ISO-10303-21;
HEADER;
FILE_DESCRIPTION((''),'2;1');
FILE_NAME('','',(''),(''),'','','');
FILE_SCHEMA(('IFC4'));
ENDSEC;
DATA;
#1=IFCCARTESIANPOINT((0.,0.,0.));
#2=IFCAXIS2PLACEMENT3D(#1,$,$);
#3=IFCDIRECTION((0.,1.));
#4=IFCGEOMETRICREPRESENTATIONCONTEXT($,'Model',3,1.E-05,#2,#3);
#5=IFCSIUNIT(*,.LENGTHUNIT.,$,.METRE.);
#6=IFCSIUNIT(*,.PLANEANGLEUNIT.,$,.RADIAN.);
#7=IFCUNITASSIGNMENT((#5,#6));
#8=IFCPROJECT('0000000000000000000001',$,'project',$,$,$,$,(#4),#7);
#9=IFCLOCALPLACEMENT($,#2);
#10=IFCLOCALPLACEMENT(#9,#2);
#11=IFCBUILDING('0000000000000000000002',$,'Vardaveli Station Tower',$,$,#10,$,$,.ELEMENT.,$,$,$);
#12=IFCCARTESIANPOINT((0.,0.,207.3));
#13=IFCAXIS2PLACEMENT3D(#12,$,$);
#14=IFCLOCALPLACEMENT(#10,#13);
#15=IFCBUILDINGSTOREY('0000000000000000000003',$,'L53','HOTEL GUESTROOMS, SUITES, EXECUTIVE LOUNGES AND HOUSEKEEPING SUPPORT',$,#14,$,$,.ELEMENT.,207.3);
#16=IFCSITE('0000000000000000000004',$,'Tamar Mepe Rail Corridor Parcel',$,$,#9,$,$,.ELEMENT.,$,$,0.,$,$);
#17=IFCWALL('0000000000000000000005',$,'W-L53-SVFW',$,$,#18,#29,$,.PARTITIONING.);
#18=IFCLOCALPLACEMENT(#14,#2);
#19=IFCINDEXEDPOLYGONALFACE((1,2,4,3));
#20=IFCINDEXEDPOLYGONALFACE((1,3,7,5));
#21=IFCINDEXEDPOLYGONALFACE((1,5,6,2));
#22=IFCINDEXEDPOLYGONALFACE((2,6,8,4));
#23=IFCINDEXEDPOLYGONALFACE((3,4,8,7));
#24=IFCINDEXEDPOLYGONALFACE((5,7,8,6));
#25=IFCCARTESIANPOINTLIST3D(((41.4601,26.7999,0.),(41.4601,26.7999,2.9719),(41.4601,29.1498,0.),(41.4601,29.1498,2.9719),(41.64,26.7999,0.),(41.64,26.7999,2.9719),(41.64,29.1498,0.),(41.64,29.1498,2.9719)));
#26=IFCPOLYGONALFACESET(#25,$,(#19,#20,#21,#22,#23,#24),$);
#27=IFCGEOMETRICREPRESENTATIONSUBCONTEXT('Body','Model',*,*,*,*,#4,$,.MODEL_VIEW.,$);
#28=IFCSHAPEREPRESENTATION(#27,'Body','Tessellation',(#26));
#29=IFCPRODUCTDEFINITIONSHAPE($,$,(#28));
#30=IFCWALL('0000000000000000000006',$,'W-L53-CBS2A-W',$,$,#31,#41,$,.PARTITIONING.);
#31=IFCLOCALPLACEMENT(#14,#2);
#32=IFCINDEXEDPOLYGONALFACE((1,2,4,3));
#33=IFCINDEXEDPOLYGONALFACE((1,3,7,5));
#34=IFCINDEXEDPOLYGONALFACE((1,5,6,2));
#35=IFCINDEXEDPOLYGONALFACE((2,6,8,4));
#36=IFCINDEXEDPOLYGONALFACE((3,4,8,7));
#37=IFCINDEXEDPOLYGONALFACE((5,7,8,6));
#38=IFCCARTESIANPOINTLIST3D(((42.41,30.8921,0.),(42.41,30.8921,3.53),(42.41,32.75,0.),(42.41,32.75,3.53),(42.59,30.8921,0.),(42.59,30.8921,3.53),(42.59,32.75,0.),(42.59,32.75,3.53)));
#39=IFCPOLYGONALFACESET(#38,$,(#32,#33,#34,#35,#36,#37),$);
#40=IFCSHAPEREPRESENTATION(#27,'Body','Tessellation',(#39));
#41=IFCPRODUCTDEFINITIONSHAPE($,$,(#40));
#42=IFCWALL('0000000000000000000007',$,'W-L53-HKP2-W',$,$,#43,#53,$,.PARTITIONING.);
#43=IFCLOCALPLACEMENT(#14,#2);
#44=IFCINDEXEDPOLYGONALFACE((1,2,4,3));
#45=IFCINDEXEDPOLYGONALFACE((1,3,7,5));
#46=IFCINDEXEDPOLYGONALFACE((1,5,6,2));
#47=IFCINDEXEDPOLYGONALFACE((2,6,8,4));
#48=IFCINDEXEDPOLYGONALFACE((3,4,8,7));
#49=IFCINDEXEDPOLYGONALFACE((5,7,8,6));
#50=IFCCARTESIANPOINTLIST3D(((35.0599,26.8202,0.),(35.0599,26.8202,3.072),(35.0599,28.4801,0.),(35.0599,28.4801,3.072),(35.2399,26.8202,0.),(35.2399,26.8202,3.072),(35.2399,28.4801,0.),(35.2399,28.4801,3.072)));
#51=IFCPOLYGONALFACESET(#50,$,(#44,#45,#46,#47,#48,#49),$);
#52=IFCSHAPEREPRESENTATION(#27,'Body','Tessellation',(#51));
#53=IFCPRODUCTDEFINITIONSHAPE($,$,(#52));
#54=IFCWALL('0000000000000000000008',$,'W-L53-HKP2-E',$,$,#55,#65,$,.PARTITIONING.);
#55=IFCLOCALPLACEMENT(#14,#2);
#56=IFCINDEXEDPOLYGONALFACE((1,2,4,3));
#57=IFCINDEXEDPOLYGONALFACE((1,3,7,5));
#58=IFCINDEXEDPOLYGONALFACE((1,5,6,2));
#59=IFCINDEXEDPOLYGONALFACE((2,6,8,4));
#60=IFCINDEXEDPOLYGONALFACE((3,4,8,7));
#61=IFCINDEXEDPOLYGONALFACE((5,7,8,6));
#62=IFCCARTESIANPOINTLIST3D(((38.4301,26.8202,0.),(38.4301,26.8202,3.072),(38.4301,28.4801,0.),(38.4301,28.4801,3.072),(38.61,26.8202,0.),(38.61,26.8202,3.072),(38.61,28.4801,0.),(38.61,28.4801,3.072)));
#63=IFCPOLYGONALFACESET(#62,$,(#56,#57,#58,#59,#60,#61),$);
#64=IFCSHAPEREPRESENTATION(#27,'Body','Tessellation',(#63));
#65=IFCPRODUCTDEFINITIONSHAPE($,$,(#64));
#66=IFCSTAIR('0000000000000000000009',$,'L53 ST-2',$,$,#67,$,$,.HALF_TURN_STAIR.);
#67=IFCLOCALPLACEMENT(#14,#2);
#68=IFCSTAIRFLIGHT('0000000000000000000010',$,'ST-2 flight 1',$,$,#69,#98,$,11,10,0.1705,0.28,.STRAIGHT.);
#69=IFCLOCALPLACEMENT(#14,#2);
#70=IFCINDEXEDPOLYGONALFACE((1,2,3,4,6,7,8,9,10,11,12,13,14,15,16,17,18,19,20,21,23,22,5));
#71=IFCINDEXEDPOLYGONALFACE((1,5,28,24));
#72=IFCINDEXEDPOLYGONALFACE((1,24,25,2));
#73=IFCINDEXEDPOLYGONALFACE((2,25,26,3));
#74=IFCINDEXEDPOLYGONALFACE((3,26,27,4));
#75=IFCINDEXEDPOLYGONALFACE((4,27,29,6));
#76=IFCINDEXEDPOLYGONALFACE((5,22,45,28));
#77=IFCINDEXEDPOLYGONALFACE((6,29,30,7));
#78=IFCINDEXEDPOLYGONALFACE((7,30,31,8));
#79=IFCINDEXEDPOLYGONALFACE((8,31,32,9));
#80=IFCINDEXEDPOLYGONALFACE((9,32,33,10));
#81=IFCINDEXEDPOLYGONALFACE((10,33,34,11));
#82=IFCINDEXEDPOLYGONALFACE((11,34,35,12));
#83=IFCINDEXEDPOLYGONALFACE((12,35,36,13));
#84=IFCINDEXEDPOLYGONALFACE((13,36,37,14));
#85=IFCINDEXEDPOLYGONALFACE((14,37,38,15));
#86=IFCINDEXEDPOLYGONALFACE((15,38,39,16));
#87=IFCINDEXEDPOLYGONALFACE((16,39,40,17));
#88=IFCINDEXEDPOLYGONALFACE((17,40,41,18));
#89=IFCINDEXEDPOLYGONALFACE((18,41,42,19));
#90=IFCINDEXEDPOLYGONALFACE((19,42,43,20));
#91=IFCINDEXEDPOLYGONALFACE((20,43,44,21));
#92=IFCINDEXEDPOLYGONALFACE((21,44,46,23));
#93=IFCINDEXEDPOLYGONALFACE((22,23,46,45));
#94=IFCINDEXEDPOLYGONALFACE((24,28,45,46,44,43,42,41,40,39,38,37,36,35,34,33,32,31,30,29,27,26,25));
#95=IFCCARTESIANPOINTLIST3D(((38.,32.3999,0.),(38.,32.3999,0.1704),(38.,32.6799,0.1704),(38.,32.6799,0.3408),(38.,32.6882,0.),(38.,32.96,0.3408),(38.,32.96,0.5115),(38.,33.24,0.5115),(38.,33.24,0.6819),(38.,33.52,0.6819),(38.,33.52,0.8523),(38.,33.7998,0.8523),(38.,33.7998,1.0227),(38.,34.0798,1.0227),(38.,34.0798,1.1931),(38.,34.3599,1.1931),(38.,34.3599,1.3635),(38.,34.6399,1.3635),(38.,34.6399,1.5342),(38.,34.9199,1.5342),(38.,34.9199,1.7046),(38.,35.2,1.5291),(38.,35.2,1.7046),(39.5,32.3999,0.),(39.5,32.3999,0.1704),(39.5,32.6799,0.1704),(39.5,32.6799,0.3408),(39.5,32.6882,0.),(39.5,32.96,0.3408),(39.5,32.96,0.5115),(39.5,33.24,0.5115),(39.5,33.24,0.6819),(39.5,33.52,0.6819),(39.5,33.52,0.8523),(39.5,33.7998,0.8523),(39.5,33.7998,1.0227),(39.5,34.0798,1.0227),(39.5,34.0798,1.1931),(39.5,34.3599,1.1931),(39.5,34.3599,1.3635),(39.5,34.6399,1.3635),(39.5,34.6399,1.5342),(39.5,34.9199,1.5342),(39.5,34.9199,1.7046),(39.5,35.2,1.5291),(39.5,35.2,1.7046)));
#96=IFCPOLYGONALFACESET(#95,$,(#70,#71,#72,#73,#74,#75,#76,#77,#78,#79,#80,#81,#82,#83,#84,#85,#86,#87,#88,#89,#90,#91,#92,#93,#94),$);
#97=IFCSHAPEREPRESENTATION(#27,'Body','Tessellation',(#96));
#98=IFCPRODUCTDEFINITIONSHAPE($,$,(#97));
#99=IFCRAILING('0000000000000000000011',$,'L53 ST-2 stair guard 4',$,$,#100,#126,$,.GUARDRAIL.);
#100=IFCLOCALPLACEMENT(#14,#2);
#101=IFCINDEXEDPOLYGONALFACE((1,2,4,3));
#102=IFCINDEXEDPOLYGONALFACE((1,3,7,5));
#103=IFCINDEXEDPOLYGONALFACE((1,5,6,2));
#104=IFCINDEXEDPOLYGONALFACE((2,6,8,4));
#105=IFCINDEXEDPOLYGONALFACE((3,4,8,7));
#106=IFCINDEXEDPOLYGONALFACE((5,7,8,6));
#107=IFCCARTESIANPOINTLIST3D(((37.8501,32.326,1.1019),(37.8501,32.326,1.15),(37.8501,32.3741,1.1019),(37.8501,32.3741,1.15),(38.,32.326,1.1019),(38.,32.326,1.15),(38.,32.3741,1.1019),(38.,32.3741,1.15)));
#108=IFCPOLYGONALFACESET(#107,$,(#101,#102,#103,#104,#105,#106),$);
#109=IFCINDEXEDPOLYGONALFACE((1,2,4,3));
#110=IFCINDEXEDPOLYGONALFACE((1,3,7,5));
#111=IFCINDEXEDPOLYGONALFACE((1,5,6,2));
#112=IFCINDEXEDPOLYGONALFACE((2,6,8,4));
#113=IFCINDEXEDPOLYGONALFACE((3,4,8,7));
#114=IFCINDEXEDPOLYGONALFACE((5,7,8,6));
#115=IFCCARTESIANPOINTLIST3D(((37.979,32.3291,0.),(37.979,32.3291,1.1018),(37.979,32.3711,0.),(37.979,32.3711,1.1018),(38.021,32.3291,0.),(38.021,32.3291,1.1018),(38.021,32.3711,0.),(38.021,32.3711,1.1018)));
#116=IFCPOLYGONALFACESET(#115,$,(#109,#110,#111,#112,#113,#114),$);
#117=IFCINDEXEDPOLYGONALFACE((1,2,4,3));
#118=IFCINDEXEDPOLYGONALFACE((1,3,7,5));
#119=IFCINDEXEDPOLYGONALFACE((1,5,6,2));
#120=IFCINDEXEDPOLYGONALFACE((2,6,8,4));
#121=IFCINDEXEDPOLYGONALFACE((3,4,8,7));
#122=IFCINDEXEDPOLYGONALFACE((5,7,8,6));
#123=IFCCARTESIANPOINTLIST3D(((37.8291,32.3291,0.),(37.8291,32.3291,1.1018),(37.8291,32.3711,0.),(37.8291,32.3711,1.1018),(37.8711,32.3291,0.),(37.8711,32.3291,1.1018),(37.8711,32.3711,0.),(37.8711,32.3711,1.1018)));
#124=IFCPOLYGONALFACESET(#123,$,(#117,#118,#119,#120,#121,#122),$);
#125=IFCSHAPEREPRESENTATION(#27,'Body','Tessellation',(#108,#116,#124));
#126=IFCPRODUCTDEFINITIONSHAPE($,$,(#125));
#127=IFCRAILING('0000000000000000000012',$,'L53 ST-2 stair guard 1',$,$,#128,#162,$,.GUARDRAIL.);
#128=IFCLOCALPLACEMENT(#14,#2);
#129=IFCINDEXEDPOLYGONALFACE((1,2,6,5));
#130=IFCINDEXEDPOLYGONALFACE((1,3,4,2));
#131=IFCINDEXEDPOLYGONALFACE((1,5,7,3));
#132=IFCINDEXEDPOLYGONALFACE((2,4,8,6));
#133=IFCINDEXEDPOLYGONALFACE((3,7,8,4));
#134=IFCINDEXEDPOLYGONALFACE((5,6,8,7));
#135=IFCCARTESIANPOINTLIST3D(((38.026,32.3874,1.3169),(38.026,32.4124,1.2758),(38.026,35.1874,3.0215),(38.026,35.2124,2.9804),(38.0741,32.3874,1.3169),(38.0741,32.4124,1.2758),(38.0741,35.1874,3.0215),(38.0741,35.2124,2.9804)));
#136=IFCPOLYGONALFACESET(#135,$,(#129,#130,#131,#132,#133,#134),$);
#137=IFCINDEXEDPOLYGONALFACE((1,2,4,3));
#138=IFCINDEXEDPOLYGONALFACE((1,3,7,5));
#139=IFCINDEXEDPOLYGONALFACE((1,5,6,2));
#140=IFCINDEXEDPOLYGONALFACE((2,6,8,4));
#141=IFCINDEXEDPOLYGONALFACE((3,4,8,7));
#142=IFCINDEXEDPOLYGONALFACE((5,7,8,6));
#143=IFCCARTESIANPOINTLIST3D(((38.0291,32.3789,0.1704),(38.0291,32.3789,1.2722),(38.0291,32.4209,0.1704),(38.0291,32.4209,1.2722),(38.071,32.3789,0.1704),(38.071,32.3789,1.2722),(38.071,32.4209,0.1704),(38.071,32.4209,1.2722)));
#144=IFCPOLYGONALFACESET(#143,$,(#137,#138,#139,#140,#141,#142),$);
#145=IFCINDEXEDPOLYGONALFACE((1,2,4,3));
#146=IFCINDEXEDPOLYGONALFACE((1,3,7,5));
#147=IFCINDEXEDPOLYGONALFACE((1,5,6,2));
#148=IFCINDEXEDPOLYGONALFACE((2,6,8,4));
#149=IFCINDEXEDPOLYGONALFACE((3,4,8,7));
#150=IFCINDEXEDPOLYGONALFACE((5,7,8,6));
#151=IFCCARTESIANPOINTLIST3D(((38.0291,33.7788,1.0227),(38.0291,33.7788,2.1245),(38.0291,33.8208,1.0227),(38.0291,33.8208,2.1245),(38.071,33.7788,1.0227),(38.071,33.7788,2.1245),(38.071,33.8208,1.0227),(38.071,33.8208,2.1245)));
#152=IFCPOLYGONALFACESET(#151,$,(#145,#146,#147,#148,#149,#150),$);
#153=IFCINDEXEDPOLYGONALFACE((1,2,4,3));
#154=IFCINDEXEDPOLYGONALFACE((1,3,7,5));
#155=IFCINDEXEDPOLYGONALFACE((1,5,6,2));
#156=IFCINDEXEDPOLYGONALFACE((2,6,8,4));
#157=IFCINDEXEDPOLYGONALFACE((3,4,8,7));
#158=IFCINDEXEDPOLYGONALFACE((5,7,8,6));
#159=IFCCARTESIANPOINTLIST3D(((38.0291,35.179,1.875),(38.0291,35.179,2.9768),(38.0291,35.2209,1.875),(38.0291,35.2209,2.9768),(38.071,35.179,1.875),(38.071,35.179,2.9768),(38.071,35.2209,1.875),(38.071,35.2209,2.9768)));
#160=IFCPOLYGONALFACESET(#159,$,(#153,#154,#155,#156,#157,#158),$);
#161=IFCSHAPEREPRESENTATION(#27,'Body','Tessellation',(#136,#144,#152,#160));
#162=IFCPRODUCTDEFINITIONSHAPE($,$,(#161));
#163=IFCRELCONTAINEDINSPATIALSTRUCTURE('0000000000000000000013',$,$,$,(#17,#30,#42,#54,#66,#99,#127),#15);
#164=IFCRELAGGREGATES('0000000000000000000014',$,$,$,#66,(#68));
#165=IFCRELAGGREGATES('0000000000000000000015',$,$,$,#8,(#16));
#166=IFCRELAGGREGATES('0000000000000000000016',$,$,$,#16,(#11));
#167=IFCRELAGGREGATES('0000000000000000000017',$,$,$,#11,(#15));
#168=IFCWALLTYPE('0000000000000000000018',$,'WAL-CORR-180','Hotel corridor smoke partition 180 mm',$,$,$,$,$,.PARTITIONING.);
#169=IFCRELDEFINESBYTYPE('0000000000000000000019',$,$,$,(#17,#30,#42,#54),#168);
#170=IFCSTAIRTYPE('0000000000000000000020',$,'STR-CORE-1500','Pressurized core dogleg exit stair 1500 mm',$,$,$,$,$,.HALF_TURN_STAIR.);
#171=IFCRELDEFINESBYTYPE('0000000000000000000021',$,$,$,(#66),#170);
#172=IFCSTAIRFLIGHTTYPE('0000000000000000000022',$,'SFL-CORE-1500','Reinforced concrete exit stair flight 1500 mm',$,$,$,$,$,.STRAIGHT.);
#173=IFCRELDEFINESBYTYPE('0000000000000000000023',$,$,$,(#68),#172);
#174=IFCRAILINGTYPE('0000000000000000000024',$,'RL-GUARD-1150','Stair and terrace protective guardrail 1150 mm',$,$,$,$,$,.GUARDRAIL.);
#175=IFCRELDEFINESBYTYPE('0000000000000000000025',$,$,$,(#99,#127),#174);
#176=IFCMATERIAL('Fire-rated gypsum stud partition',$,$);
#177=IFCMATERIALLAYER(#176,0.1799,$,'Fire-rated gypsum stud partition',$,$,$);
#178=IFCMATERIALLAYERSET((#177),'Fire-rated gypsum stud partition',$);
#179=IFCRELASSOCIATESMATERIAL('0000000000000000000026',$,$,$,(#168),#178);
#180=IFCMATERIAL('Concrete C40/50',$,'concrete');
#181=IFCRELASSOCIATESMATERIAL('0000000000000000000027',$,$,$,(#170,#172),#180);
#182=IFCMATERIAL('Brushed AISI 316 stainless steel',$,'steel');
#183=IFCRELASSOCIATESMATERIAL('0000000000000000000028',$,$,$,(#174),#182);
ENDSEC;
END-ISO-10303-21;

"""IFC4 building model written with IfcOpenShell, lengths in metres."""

from ifc_helpers import new_model, si_unit, direction, frame, frame_2d, origin, origin_2d, place, context, subcontext, project, spatial, polyline, rectangle, outline, extrude, source, transform, mapped, material, layer, layer_set, type_object, element, aggregate, save


model = new_model("IFC4")

# Units and contexts
model_context = context("Model", 3, precision=1e-05, world=origin(), true_north=direction((0.0, 1.0)))
body_context = subcontext(model_context, "Body", "Model", "MODEL_VIEW")
ifc_project = project(units=[si_unit("LENGTHUNIT", "METRE"), si_unit("PLANEANGLEUNIT", "RADIAN")], contexts=[model_context])

# Site, building, storey
site_placement = place(None, origin())
site = spatial("IfcSite", under=ifc_project, at=site_placement, Name="Tamar Mepe Rail Corridor Parcel", CompositionType="ELEMENT", RefElevation=0.0)
building_placement = place(site_placement, origin())
building = spatial("IfcBuilding", under=site, at=building_placement, Name="Vardaveli Station Tower", CompositionType="ELEMENT")
storey_placement = place(building_placement, frame((0.0, 0.0, 207.3)))
storey = spatial("IfcBuildingStorey", under=building, at=storey_placement, Name="L53", Description="HOTEL GUESTROOMS, SUITES, EXECUTIVE LOUNGES AND HOUSEKEEPING SUPPORT", CompositionType="ELEMENT", Elevation=207.3)

# Shared definitions
ifc_material_1 = material(Name="Concrete C40/50", Category="concrete")

# Shared definitions
ifc_material_2 = material(Name="Fire-rated gypsum stud partition")
ifc_layer_1 = layer(ifc_material_2, 0.1799, Name="Fire-rated gypsum stud partition")
ifc_layer_set_1 = layer_set([ifc_layer_1], Name="Fire-rated gypsum stud partition")
wall_type_1 = type_object("IfcWallType", Name="WAL-CORR-180", Description="Hotel corridor smoke partition 180 mm", PredefinedType="PARTITIONING", material=ifc_layer_set_1)

# Walls
shared_shape_1 = source(origin(), body_context, "Body", "SweptSolid", [
    extrude(rectangle(XDim=2.3499, YDim=0.1799, at=frame_2d((1.1748, 0.0))), origin(), (0.0, 0.0, 1.0), 2.9719),
])
wall_1_placement = place(storey_placement, frame((41.55, 26.8, 0.0), z_axis=(0.0, 0.0, 1.0), x_axis=(0.0, 1.0, 0.0)))
element("IfcWall", 1, at=wall_1_placement, inside=storey, type_object=wall_type_1, Name="W-L53-SVFW", PredefinedType="PARTITIONING", context=body_context, shape_type="MappedRepresentation", body=[
    mapped(shared_shape_1, transform((0.0, 0.0, 0.0), scale=1.0)),
])
shared_shape_2 = source(origin(), body_context, "Body", "SweptSolid", [
    extrude(rectangle(XDim=1.8579, YDim=0.1799, at=frame_2d((0.929, 0.0))), origin(), (0.0, 0.0, 1.0), 3.53),
])
wall_2_placement = place(storey_placement, frame((42.5, 30.8921, 0.0), z_axis=(0.0, 0.0, 1.0), x_axis=(0.0, 1.0, 0.0)))
element("IfcWall", 2, at=wall_2_placement, inside=storey, type_object=wall_type_1, Name="W-L53-CBS2A-W", PredefinedType="PARTITIONING", context=body_context, shape_type="MappedRepresentation", body=[
    mapped(shared_shape_2, transform((0.0, 0.0, 0.0), scale=1.0)),
])
shared_shape_3 = source(origin(), body_context, "Body", "SweptSolid", [
    extrude(rectangle(XDim=1.6599, YDim=0.1799, at=frame_2d((0.8301, 0.0))), origin(), (0.0, 0.0, 1.0), 3.072),
])
for number, where, z_axis, x_axis, name in (
    (3, (35.1499, 26.8201, 0.0), (0.0, 0.0, 1.0), (0.0, 1.0, 0.0), "W-L53-HKP2-W"),
    (4, (38.52, 26.8201, 0.0), (0.0, 0.0, 1.0), (0.0, 1.0, 0.0), "W-L53-HKP2-E"),
):
    element("IfcWall", number, at=place(storey_placement, frame(where, z_axis=z_axis, x_axis=x_axis)), inside=storey, type_object=wall_type_1, Name=name, PredefinedType="PARTITIONING", context=body_context, shape_type="MappedRepresentation", body=[
        mapped(shared_shape_3, transform((0.0, 0.0, 0.0), scale=1.0)),
    ])

# Stair, stair flight
stair_type = type_object("IfcStairType", Name="STR-CORE-1500", Description="Pressurized core dogleg exit stair 1500 mm", PredefinedType="HALF_TURN_STAIR", material=ifc_material_1)
stair_placement = place(storey_placement, origin())
stair = element("IfcStair", 5, at=stair_placement, inside=storey, type_object=stair_type, Name="L53 ST-2", PredefinedType="HALF_TURN_STAIR")
stair_flight_type = type_object("IfcStairFlightType", Name="SFL-CORE-1500", Description="Reinforced concrete exit stair flight 1500 mm", PredefinedType="STRAIGHT", material=ifc_material_1)
shared_shape_4 = source(origin(), body_context, "Body", "SweptSolid", [
    extrude(outline(polyline([(0.0, 0.0), (0.0, 0.1704), (0.28, 0.1704), (0.28, 0.3408), (0.5601, 0.3408), (0.5601, 0.5115), (0.8401, 0.5115), (0.8401, 0.6819), (1.1201, 0.6819), (1.1201, 0.8523), (1.3999, 0.8523), (1.3999, 1.0227), (1.6799, 1.0227), (1.6799, 1.1931), (1.96, 1.1931), (1.96, 1.3635), (2.24, 1.3635), (2.24, 1.5342), (2.52, 1.5342), (2.52, 1.7046), (2.8, 1.7046), (2.8, 1.875), (2.8, 1.5291), (0.2883, 0.0), (0.0, 0.0)])), frame((0.0, 0.75, 0.0), z_axis=(0.0, -1.0, 0.0), x_axis=(1.0, 0.0, 0.0)), (0.0, 0.0, 1.0), 1.5),
])
stair_flight_placement = place(storey_placement, frame((38.75, 32.3999, 0.0), z_axis=(0.0, 0.0, 1.0), x_axis=(0.0, 1.0, 0.0)))
stair_flight = element("IfcStairFlight", 6, at=stair_flight_placement, type_object=stair_flight_type, Name="ST-2 flight 1", NumberOfRisers=11, NumberOfTreads=10, PredefinedType="STRAIGHT", RiserHeight=0.1705, TreadLength=0.28, context=body_context, shape_type="MappedRepresentation", body=[
    mapped(shared_shape_4, transform((0.0, 0.0, 0.0), scale=1.0)),
])
aggregate(stair, [stair_flight])

# Railings
ifc_material_3 = material(Name="Brushed AISI 316 stainless steel", Category="steel")
railing_type = type_object("IfcRailingType", Name="RL-GUARD-1150", Description="Stair and terrace protective guardrail 1150 mm", PredefinedType="GUARDRAIL", material=ifc_material_3)
shared_shape_5 = source(origin(), body_context, "Body", "SweptSolid", [
    extrude(rectangle(XDim=0.0481, YDim=0.0481, at=origin_2d()), frame((0.0, 0.0, 1.126), z_axis=(-1.0, 0.0, 0.0), x_axis=(0.0, -1.0, 0.0)), (0.0, 0.0, 1.0), 0.1499),
    extrude(rectangle(XDim=0.042, YDim=0.042, at=origin_2d()), origin(), (0.0, 0.0, 1.0), 1.1018),
    extrude(rectangle(XDim=0.042, YDim=0.042, at=origin_2d()), frame((-0.1499, 0.0, 0.0)), (0.0, 0.0, 1.0), 1.1018),
])
railing_1_placement = place(storey_placement, frame((38.0, 32.3501, 0.0)))
element("IfcRailing", 7, at=railing_1_placement, inside=storey, type_object=railing_type, Name="L53 ST-2 stair guard 4", PredefinedType="GUARDRAIL", context=body_context, shape_type="MappedRepresentation", body=[
    mapped(shared_shape_5, transform((0.0, 0.0, 0.0), scale=1.0)),
])
shared_shape_6 = source(origin(), body_context, "Body", "SweptSolid", [
    extrude(rectangle(XDim=0.0481, YDim=0.0481, at=origin_2d()), frame((0.0, 0.0, 1.126), z_axis=(0.0, 0.85417, 0.519994), x_axis=(-1.0, 0.0, 0.0)), (0.0, 0.0, 1.0), 3.2781),
    extrude(rectangle(XDim=0.042, YDim=0.042, at=origin_2d()), origin(), (0.0, 0.0, 1.0), 1.1018),
    extrude(rectangle(XDim=0.042, YDim=0.042, at=origin_2d()), frame((0.0, 1.3999, 0.8523)), (0.0, 0.0, 1.0), 1.1018),
    extrude(rectangle(XDim=0.042, YDim=0.042, at=origin_2d()), frame((0.0, 2.8, 1.7046)), (0.0, 0.0, 1.0), 1.1018),
])
railing_2_placement = place(storey_placement, frame((38.05, 32.3999, 0.1704)))
element("IfcRailing", 8, at=railing_2_placement, inside=storey, type_object=railing_type, Name="L53 ST-2 stair guard 1", PredefinedType="GUARDRAIL", context=body_context, shape_type="MappedRepresentation", body=[
    mapped(shared_shape_6, transform((0.0, 0.0, 0.0), scale=1.0)),
])

save(model, "model.ifc")
